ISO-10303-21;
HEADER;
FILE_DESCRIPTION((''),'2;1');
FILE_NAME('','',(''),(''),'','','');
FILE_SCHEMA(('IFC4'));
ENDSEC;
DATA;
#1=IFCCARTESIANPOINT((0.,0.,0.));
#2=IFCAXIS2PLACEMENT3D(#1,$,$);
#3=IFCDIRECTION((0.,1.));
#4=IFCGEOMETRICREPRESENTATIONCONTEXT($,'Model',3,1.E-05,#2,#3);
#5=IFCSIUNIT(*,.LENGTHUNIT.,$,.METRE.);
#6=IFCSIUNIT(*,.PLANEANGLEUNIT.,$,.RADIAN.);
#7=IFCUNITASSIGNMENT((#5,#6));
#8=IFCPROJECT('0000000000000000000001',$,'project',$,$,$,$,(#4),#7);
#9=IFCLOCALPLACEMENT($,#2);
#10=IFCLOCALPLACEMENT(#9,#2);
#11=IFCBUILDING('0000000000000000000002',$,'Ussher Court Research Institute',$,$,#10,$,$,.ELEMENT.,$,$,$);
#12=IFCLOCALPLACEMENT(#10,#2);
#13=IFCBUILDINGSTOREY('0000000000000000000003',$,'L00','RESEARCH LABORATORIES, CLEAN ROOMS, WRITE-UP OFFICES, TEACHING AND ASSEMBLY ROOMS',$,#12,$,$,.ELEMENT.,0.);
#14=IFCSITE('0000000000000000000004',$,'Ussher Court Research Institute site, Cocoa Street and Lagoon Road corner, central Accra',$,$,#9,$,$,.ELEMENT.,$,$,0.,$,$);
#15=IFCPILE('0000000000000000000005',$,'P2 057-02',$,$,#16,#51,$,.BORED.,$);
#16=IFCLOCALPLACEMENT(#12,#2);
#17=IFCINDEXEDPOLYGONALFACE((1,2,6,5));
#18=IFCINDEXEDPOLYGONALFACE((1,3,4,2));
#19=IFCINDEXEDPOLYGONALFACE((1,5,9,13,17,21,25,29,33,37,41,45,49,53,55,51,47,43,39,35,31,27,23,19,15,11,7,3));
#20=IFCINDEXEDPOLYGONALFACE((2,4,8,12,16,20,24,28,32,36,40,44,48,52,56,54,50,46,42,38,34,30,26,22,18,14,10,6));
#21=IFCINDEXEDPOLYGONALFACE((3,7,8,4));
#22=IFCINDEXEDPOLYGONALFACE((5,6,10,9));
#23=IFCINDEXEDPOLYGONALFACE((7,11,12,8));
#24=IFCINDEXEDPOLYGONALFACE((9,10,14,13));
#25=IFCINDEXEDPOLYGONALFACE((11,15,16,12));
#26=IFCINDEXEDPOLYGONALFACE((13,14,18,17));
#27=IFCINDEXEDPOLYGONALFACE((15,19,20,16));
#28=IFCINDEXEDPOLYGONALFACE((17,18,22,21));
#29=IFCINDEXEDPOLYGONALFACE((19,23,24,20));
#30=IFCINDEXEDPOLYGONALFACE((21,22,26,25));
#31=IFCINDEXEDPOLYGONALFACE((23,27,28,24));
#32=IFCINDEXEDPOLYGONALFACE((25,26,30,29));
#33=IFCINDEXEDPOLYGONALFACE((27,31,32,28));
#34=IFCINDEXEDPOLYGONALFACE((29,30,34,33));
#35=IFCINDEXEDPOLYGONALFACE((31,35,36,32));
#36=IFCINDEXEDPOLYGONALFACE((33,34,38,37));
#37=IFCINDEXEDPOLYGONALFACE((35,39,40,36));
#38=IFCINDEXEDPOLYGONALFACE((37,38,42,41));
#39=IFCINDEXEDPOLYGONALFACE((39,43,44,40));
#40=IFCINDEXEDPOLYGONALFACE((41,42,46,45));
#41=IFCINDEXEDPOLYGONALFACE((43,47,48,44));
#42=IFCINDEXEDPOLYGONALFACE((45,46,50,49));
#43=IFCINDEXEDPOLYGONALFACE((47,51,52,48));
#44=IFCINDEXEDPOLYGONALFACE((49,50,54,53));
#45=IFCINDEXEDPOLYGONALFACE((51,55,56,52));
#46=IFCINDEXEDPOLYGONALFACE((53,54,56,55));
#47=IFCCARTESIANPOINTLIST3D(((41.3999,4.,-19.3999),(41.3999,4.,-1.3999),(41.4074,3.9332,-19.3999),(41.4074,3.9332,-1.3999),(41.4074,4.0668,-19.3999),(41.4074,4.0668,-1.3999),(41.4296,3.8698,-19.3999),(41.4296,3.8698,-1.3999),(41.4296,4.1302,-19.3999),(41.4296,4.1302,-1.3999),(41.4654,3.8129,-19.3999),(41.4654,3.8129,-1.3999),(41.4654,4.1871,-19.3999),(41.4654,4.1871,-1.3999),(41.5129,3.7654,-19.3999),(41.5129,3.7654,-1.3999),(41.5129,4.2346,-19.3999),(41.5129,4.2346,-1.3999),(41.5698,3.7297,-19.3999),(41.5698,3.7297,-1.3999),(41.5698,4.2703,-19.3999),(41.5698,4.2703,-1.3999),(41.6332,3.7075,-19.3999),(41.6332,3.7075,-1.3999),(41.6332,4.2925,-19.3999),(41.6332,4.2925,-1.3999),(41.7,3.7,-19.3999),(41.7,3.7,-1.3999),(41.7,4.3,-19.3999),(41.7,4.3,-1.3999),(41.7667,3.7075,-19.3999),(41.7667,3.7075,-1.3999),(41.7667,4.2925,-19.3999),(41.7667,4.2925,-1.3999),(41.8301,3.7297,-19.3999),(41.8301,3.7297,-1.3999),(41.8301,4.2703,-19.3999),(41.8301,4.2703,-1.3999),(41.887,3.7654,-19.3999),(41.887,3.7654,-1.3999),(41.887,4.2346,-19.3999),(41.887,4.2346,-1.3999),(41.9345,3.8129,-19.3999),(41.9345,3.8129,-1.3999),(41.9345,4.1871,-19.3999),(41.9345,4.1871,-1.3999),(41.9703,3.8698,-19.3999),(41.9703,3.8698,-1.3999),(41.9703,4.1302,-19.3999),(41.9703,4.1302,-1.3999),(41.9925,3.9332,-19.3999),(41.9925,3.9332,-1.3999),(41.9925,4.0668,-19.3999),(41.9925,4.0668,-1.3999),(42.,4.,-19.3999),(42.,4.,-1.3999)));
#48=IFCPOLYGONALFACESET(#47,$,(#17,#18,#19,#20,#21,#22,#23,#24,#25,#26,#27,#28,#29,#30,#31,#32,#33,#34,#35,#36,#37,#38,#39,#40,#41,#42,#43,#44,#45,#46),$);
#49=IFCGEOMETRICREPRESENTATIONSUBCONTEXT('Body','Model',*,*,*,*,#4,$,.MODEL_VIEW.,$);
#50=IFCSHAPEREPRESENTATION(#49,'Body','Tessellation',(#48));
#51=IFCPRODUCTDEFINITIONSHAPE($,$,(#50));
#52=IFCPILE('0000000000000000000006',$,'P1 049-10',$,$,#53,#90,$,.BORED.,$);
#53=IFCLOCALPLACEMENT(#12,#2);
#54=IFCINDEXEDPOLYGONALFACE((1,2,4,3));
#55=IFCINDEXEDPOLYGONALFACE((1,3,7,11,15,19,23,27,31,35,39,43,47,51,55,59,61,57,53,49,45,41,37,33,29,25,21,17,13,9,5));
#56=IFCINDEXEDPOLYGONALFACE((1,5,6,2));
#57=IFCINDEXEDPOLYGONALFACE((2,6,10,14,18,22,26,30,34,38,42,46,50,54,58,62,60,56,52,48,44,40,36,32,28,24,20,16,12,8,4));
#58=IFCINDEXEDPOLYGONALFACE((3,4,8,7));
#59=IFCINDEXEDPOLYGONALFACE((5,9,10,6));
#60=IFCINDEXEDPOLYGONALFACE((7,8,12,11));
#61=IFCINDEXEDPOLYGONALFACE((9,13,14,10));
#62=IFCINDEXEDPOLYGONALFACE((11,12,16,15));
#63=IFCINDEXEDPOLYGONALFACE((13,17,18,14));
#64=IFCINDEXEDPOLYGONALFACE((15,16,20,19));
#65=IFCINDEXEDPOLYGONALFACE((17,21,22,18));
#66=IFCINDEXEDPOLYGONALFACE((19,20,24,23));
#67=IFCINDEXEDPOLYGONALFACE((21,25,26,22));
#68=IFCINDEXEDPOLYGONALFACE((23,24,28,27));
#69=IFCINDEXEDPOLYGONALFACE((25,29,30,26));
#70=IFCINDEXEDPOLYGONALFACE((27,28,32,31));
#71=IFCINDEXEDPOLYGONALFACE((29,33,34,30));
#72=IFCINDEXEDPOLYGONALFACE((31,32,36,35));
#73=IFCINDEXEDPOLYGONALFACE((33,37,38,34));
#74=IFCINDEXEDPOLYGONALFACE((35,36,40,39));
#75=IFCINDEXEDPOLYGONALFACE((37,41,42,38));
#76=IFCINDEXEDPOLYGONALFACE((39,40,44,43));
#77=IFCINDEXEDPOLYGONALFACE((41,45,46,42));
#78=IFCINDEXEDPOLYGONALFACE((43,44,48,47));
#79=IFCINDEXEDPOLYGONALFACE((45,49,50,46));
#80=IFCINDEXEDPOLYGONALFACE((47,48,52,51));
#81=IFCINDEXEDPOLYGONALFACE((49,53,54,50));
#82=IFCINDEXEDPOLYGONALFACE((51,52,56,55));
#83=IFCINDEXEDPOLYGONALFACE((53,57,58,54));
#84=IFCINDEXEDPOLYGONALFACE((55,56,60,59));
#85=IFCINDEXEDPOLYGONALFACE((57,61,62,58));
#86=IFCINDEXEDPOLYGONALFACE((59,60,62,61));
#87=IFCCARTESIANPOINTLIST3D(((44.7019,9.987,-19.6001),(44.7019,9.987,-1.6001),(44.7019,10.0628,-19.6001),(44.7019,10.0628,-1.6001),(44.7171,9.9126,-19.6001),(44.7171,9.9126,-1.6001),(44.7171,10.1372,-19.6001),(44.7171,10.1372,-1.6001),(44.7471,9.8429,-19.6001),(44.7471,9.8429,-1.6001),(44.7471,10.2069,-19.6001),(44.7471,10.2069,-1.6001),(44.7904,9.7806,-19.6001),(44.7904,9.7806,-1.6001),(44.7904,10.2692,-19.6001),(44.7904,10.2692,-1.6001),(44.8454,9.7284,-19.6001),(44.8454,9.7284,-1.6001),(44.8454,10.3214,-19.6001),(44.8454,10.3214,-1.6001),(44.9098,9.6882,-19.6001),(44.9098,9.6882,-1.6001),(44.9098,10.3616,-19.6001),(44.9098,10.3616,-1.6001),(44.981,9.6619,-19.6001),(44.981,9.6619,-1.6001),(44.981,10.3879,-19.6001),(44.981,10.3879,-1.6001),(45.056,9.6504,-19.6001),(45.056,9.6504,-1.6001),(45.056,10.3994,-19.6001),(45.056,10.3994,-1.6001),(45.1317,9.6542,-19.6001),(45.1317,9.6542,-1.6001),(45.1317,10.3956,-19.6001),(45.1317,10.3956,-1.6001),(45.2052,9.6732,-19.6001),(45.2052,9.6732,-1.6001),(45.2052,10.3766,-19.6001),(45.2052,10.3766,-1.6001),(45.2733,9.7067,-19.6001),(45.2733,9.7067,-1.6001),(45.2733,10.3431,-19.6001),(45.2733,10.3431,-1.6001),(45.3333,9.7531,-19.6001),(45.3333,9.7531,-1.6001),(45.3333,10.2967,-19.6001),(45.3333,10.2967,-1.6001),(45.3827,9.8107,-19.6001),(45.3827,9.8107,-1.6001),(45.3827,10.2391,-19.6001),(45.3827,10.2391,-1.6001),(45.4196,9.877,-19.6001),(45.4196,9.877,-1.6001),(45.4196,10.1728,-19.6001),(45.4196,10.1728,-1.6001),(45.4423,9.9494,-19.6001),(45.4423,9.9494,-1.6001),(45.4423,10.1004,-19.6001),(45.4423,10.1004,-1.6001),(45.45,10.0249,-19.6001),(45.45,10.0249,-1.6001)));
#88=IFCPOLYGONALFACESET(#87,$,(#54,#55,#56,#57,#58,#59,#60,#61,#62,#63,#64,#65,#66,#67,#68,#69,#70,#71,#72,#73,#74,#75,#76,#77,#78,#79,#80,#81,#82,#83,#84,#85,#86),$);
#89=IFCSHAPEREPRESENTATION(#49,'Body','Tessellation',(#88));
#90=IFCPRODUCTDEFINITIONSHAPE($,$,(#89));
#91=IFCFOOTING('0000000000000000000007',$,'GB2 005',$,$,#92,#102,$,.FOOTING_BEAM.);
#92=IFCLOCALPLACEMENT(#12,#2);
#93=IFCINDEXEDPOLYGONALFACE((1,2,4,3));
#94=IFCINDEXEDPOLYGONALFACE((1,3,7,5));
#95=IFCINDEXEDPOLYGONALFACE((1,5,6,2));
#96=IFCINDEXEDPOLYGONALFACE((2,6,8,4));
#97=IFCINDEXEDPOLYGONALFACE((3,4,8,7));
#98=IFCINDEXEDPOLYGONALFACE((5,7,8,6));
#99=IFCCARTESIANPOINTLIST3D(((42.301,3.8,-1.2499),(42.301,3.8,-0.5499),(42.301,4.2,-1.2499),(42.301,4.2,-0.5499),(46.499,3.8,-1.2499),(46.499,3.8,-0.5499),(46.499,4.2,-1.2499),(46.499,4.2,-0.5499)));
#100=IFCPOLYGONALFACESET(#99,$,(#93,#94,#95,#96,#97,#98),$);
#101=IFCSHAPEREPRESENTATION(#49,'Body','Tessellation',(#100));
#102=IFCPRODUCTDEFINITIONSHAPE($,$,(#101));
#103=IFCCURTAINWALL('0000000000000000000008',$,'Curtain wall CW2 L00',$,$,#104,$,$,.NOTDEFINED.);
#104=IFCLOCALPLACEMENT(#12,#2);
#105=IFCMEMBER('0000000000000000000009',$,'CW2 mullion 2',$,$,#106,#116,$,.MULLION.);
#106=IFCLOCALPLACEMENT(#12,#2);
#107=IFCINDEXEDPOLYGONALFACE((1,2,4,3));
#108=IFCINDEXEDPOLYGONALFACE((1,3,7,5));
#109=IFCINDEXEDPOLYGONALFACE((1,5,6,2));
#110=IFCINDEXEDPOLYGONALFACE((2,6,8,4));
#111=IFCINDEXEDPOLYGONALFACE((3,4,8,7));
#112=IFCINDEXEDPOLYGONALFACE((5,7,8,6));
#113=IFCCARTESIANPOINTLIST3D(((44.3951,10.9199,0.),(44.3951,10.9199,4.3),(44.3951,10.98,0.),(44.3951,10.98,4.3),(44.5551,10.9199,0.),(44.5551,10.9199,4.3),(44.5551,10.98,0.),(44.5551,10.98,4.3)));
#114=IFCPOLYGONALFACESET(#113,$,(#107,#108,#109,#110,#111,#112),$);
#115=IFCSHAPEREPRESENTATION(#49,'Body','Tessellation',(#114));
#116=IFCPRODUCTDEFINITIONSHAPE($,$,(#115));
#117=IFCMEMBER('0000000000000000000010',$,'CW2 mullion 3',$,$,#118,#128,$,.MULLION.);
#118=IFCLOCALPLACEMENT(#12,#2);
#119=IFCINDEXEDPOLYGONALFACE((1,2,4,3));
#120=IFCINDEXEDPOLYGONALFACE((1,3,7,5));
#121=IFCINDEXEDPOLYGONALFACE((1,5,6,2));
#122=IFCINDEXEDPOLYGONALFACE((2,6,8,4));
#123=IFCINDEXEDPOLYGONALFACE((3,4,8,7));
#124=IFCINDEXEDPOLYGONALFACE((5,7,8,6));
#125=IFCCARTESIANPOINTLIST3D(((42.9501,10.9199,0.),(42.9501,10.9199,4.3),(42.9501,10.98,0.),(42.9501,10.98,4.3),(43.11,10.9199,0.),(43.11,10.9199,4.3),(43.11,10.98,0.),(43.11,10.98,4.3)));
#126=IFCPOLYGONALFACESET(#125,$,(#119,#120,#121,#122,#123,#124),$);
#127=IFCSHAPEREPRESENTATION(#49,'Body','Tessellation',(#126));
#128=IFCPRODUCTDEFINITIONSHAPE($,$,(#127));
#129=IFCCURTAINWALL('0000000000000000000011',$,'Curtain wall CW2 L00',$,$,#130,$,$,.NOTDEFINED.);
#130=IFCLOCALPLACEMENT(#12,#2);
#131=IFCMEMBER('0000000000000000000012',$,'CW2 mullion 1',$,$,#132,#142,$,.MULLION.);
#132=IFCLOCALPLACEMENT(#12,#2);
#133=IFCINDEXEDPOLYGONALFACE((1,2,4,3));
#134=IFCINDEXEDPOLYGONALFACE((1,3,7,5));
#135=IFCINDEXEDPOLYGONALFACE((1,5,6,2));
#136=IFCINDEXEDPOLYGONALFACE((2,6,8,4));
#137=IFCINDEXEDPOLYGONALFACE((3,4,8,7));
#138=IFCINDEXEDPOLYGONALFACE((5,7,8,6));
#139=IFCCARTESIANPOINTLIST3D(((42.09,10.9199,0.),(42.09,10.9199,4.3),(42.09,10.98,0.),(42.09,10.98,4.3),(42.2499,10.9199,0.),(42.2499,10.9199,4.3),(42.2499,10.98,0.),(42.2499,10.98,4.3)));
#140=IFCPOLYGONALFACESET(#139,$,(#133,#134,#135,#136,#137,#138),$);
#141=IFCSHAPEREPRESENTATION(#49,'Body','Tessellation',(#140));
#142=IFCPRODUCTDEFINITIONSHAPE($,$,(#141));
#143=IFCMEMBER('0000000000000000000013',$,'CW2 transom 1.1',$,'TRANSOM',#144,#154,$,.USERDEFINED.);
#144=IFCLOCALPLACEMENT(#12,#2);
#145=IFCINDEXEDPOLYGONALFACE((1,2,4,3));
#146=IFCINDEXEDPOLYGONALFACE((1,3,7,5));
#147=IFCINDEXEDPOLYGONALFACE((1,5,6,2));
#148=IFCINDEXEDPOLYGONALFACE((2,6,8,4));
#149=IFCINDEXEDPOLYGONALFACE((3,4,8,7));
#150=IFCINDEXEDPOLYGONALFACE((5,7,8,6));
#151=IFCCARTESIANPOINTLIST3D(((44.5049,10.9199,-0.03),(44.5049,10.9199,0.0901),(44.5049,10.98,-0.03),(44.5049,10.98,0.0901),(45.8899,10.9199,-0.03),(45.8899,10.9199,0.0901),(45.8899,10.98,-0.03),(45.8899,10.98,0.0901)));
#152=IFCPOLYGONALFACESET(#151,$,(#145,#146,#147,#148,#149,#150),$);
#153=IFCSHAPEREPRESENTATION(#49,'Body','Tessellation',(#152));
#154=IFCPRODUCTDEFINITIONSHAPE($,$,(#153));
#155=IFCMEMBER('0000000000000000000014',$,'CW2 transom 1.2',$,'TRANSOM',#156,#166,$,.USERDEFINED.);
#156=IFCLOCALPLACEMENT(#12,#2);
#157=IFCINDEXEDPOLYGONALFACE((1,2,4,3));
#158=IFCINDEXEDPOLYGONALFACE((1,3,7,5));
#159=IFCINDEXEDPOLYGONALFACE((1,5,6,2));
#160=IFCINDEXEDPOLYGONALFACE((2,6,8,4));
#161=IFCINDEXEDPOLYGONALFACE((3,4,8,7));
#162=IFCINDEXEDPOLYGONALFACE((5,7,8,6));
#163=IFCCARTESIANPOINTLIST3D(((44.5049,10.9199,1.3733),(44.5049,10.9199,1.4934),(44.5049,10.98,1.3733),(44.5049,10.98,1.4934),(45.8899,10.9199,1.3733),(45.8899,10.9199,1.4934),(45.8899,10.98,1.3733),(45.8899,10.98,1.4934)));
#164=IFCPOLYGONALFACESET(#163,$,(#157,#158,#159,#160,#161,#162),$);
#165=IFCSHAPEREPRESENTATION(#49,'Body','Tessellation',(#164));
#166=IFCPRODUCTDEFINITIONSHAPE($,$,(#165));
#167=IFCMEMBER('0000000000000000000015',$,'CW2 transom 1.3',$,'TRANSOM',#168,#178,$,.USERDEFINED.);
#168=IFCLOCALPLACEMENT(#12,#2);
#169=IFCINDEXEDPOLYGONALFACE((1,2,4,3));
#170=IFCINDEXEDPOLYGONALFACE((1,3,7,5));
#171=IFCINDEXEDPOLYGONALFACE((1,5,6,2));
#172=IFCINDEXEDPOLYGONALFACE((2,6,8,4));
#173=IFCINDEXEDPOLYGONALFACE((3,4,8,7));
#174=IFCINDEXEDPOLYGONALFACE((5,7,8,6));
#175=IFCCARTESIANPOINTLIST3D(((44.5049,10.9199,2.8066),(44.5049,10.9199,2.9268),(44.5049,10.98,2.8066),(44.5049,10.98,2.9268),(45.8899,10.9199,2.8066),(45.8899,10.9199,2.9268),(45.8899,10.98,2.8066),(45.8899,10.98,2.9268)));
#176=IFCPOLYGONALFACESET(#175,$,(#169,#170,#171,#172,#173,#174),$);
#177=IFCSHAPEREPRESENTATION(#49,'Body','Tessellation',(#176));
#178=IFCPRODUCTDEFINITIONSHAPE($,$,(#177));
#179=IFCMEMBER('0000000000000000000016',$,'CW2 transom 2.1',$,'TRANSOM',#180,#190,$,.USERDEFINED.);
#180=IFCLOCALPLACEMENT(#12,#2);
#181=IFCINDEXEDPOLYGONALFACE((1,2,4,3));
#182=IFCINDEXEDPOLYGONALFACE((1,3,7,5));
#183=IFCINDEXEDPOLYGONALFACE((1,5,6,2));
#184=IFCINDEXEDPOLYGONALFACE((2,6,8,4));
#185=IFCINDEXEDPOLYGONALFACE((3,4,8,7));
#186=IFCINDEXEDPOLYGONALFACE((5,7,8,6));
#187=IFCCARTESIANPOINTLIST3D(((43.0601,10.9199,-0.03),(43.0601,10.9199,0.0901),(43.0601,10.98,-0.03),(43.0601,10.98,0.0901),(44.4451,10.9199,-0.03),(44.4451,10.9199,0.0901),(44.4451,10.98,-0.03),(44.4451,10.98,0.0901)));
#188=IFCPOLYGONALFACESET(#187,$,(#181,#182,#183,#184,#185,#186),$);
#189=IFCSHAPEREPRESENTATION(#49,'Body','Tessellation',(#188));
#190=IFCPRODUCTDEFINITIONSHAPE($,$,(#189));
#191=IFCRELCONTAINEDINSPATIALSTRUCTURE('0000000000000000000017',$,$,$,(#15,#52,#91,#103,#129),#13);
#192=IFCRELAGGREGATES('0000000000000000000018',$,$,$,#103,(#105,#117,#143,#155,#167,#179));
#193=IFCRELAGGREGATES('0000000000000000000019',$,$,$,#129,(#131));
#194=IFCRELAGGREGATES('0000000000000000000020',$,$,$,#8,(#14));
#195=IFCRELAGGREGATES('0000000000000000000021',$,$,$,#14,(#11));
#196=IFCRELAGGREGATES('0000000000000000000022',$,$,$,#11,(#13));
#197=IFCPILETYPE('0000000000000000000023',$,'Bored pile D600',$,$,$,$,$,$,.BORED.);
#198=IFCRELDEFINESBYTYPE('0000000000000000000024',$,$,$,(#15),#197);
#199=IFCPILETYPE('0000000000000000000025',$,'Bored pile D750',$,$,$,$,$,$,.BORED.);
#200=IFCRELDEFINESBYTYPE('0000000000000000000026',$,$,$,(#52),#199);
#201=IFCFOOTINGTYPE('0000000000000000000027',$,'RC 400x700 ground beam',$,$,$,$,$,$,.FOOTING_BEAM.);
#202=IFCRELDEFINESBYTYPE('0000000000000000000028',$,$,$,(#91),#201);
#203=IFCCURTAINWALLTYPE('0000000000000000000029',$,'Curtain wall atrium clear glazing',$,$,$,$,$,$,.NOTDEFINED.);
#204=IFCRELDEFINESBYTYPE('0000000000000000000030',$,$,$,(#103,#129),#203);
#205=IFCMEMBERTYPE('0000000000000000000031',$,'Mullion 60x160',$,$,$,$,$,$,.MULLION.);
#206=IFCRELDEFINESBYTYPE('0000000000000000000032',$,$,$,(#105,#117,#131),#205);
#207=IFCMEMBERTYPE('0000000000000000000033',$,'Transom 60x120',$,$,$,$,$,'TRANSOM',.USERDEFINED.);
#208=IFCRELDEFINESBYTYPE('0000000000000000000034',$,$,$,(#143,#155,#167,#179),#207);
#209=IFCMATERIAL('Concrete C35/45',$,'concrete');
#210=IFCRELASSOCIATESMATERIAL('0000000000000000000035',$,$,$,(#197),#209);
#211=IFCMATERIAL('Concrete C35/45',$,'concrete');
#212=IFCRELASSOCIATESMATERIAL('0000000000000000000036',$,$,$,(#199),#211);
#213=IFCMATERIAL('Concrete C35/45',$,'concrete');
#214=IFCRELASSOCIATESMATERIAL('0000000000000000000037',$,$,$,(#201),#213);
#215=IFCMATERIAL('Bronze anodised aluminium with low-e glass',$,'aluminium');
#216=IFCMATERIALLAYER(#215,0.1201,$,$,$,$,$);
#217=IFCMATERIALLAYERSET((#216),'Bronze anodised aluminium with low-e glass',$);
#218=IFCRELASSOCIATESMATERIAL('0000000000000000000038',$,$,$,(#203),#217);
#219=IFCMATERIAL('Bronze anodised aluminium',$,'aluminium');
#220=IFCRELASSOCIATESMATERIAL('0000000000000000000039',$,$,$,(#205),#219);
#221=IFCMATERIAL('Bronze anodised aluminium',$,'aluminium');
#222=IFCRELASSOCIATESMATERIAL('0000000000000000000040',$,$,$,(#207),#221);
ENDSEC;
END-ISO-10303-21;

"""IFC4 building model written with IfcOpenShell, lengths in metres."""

from ifc_helpers import new_model, si_unit, direction, frame, origin, origin_2d, place, context, subcontext, project, spatial, rectangle, circle, extrude, material, layer, layer_set, material_profile, profile_set, type_object, element, aggregate, save


model = new_model("IFC4")

# Units and contexts
model_context = context("Model", 3, precision=1e-05, world=origin(), true_north=direction((0.0, 1.0)))
body_context = subcontext(model_context, "Body", "Model", "MODEL_VIEW")
ifc_project = project(units=[si_unit("LENGTHUNIT", "METRE"), si_unit("PLANEANGLEUNIT", "RADIAN")], contexts=[model_context])

# Site, building, storey
site_placement = place(None, origin())
site = spatial("IfcSite", under=ifc_project, at=site_placement, Name="Ussher Court Research Institute site, Cocoa Street and Lagoon Road corner, central Accra", CompositionType="ELEMENT", RefElevation=0.0)
building_placement = place(site_placement, origin())
building = spatial("IfcBuilding", under=site, at=building_placement, Name="Ussher Court Research Institute", CompositionType="ELEMENT")
storey_placement = place(building_placement, origin())
storey = spatial("IfcBuildingStorey", under=building, at=storey_placement, Name="L00", Description="RESEARCH LABORATORIES, CLEAN ROOMS, WRITE-UP OFFICES, TEACHING AND ASSEMBLY ROOMS", CompositionType="ELEMENT", Elevation=0.0)

# Piles
ifc_material_1 = material(Name="Concrete C35/45", Category="concrete")
ifc_material_profile_1 = material_profile(ifc_material_1, circle(Radius=0.3, at=origin_2d()), Name="RC D600")
ifc_profile_set_1 = profile_set([ifc_material_profile_1], Name="Concrete C35/45")
pile_type_1 = type_object("IfcPileType", Name="Bored pile D600", PredefinedType="BORED", material=ifc_profile_set_1)
pile_1_placement = place(storey_placement, frame((41.7, 4.0, -1.3999), z_axis=(0.0, 0.0, -1.0), x_axis=(1.0, 0.0, 0.0)))
element("IfcPile", 1, at=pile_1_placement, inside=storey, type_object=pile_type_1, Name="P2 057-02", PredefinedType="BORED", context=body_context, shape_type="SweptSolid", body=[
    extrude(circle(Radius=0.3, at=origin_2d()), origin(), (0.0, 0.0, 1.0), 18.0),
])
ifc_material_2 = material(Name="Concrete C35/45", Category="concrete")
ifc_material_profile_2 = material_profile(ifc_material_2, circle(Radius=0.375, at=origin_2d()), Name="RC D750")
ifc_profile_set_2 = profile_set([ifc_material_profile_2], Name="Concrete C35/45")
pile_type_2 = type_object("IfcPileType", Name="Bored pile D750", PredefinedType="BORED", material=ifc_profile_set_2)
pile_2_placement = place(storey_placement, frame((45.075, 10.0249, -1.6001), z_axis=(0.0, 0.0, -1.0), x_axis=(1.0, 0.0, 0.0)))
element("IfcPile", 2, at=pile_2_placement, inside=storey, type_object=pile_type_2, Name="P1 049-10", PredefinedType="BORED", context=body_context, shape_type="SweptSolid", body=[
    extrude(circle(Radius=0.375, at=origin_2d()), origin(), (0.0, 0.0, 1.0), 18.0),
])

# Footing
ifc_material_3 = material(Name="Concrete C35/45", Category="concrete")
ifc_material_profile_3 = material_profile(ifc_material_3, rectangle(XDim=0.3999, YDim=0.7, at=origin_2d()), Name="RC 400x700")
ifc_profile_set_3 = profile_set([ifc_material_profile_3], Name="Concrete C35/45")
footing_type = type_object("IfcFootingType", Name="RC 400x700 ground beam", PredefinedType="FOOTING_BEAM", material=ifc_profile_set_3)
footing_placement = place(storey_placement, frame((42.301, 4.0, -0.8999), z_axis=(1.0, 0.0, 0.0), x_axis=(0.0, 1.0, 0.0)))
element("IfcFooting", 3, at=footing_placement, inside=storey, type_object=footing_type, Name="GB2 005", PredefinedType="FOOTING_BEAM", context=body_context, shape_type="SweptSolid", body=[
    extrude(rectangle(XDim=0.3999, YDim=0.7, at=origin_2d()), origin(), (0.0, 0.0, 1.0), 4.198),
])

# Curtain wall, members
ifc_material_4 = material(Name="Bronze anodised aluminium with low-e glass", Category="aluminium")
ifc_layer_1 = layer(ifc_material_4, 0.1201)
ifc_layer_set_1 = layer_set([ifc_layer_1], Name="Bronze anodised aluminium with low-e glass")
curtain_wall_type = type_object("IfcCurtainWallType", Name="Curtain wall atrium clear glazing", PredefinedType="NOTDEFINED", material=ifc_layer_set_1)
curtain_wall_1_placement = place(storey_placement, origin())
curtain_wall_1 = element("IfcCurtainWall", 4, at=curtain_wall_1_placement, inside=storey, type_object=curtain_wall_type, Name="Curtain wall CW2 L00", PredefinedType="NOTDEFINED")
ifc_material_5 = material(Name="Bronze anodised aluminium", Category="aluminium")
ifc_material_profile_4 = material_profile(ifc_material_5, rectangle(XDim=0.0601, YDim=0.1599, at=origin_2d()), Name="Mullion 60x160")
ifc_profile_set_4 = profile_set([ifc_material_profile_4], Name="Bronze anodised aluminium")
member_type_1 = type_object("IfcMemberType", Name="Mullion 60x160", PredefinedType="MULLION", material=ifc_profile_set_4)
member_1_placement = place(storey_placement, frame((44.4751, 10.95, 0.0), z_axis=(0.0, 0.0, 1.0), x_axis=(0.0, -1.0, 0.0)))
member_1 = element("IfcMember", 5, at=member_1_placement, type_object=member_type_1, Name="CW2 mullion 2", PredefinedType="MULLION", context=body_context, shape_type="SweptSolid", body=[
    extrude(rectangle(XDim=0.0601, YDim=0.1599, at=origin_2d()), origin(), (0.0, 0.0, 1.0), 4.3),
])
member_2_placement = place(storey_placement, frame((43.03, 10.95, 0.0), z_axis=(0.0, 0.0, 1.0), x_axis=(0.0, -1.0, 0.0)))
member_2 = element("IfcMember", 6, at=member_2_placement, type_object=member_type_1, Name="CW2 mullion 3", PredefinedType="MULLION", context=body_context, shape_type="SweptSolid", body=[
    extrude(rectangle(XDim=0.0601, YDim=0.1599, at=origin_2d()), origin(), (0.0, 0.0, 1.0), 4.3),
])

# Curtain wall, member
curtain_wall_2_placement = place(storey_placement, origin())
curtain_wall_2 = element("IfcCurtainWall", 7, at=curtain_wall_2_placement, inside=storey, type_object=curtain_wall_type, Name="Curtain wall CW2 L00", PredefinedType="NOTDEFINED")
member_3_placement = place(storey_placement, frame((42.1699, 10.95, 0.0), z_axis=(0.0, 0.0, 1.0), x_axis=(0.0, -1.0, 0.0)))
member_3 = element("IfcMember", 8, at=member_3_placement, type_object=member_type_1, Name="CW2 mullion 1", PredefinedType="MULLION", context=body_context, shape_type="SweptSolid", body=[
    extrude(rectangle(XDim=0.0601, YDim=0.1599, at=origin_2d()), origin(), (0.0, 0.0, 1.0), 4.3),
])

# Members
ifc_material_6 = material(Name="Bronze anodised aluminium", Category="aluminium")
ifc_material_profile_5 = material_profile(ifc_material_6, rectangle(XDim=0.0601, YDim=0.1201, at=origin_2d()), Name="Transom 60x120")
ifc_profile_set_5 = profile_set([ifc_material_profile_5], Name="Bronze anodised aluminium")
member_type_2 = type_object("IfcMemberType", Name="Transom 60x120", ElementType="TRANSOM", PredefinedType="USERDEFINED", material=ifc_profile_set_5)
member_4_placement = place(storey_placement, frame((45.8899, 10.95, 0.03), z_axis=(-1.0, 0.0, 0.0), x_axis=(0.0, -1.0, 0.0)))
member_4 = element("IfcMember", 9, at=member_4_placement, type_object=member_type_2, Name="CW2 transom 1.1", ObjectType="TRANSOM", PredefinedType="USERDEFINED", context=body_context, shape_type="SweptSolid", body=[
    extrude(rectangle(XDim=0.0601, YDim=0.1201, at=origin_2d()), origin(), (0.0, 0.0, 1.0), 1.385),
])
member_5_placement = place(storey_placement, frame((45.8899, 10.95, 1.4333), z_axis=(-1.0, 0.0, 0.0), x_axis=(0.0, -1.0, 0.0)))
member_5 = element("IfcMember", 10, at=member_5_placement, type_object=member_type_2, Name="CW2 transom 1.2", ObjectType="TRANSOM", PredefinedType="USERDEFINED", context=body_context, shape_type="SweptSolid", body=[
    extrude(rectangle(XDim=0.0601, YDim=0.1201, at=origin_2d()), origin(), (0.0, 0.0, 1.0), 1.385),
])
member_6_placement = place(storey_placement, frame((45.8899, 10.95, 2.8667), z_axis=(-1.0, 0.0, 0.0), x_axis=(0.0, -1.0, 0.0)))
member_6 = element("IfcMember", 11, at=member_6_placement, type_object=member_type_2, Name="CW2 transom 1.3", ObjectType="TRANSOM", PredefinedType="USERDEFINED", context=body_context, shape_type="SweptSolid", body=[
    extrude(rectangle(XDim=0.0601, YDim=0.1201, at=origin_2d()), origin(), (0.0, 0.0, 1.0), 1.385),
])
member_7_placement = place(storey_placement, frame((44.4451, 10.95, 0.03), z_axis=(-1.0, 0.0, 0.0), x_axis=(0.0, -1.0, 0.0)))
member_7 = element("IfcMember", 12, at=member_7_placement, type_object=member_type_2, Name="CW2 transom 2.1", ObjectType="TRANSOM", PredefinedType="USERDEFINED", context=body_context, shape_type="SweptSolid", body=[
    extrude(rectangle(XDim=0.0601, YDim=0.1201, at=origin_2d()), origin(), (0.0, 0.0, 1.0), 1.385),
])

aggregate(curtain_wall_1, [member_1, member_2, member_4, member_5, member_6, member_7])
aggregate(curtain_wall_2, [member_3])

save(model, "model.ifc")
